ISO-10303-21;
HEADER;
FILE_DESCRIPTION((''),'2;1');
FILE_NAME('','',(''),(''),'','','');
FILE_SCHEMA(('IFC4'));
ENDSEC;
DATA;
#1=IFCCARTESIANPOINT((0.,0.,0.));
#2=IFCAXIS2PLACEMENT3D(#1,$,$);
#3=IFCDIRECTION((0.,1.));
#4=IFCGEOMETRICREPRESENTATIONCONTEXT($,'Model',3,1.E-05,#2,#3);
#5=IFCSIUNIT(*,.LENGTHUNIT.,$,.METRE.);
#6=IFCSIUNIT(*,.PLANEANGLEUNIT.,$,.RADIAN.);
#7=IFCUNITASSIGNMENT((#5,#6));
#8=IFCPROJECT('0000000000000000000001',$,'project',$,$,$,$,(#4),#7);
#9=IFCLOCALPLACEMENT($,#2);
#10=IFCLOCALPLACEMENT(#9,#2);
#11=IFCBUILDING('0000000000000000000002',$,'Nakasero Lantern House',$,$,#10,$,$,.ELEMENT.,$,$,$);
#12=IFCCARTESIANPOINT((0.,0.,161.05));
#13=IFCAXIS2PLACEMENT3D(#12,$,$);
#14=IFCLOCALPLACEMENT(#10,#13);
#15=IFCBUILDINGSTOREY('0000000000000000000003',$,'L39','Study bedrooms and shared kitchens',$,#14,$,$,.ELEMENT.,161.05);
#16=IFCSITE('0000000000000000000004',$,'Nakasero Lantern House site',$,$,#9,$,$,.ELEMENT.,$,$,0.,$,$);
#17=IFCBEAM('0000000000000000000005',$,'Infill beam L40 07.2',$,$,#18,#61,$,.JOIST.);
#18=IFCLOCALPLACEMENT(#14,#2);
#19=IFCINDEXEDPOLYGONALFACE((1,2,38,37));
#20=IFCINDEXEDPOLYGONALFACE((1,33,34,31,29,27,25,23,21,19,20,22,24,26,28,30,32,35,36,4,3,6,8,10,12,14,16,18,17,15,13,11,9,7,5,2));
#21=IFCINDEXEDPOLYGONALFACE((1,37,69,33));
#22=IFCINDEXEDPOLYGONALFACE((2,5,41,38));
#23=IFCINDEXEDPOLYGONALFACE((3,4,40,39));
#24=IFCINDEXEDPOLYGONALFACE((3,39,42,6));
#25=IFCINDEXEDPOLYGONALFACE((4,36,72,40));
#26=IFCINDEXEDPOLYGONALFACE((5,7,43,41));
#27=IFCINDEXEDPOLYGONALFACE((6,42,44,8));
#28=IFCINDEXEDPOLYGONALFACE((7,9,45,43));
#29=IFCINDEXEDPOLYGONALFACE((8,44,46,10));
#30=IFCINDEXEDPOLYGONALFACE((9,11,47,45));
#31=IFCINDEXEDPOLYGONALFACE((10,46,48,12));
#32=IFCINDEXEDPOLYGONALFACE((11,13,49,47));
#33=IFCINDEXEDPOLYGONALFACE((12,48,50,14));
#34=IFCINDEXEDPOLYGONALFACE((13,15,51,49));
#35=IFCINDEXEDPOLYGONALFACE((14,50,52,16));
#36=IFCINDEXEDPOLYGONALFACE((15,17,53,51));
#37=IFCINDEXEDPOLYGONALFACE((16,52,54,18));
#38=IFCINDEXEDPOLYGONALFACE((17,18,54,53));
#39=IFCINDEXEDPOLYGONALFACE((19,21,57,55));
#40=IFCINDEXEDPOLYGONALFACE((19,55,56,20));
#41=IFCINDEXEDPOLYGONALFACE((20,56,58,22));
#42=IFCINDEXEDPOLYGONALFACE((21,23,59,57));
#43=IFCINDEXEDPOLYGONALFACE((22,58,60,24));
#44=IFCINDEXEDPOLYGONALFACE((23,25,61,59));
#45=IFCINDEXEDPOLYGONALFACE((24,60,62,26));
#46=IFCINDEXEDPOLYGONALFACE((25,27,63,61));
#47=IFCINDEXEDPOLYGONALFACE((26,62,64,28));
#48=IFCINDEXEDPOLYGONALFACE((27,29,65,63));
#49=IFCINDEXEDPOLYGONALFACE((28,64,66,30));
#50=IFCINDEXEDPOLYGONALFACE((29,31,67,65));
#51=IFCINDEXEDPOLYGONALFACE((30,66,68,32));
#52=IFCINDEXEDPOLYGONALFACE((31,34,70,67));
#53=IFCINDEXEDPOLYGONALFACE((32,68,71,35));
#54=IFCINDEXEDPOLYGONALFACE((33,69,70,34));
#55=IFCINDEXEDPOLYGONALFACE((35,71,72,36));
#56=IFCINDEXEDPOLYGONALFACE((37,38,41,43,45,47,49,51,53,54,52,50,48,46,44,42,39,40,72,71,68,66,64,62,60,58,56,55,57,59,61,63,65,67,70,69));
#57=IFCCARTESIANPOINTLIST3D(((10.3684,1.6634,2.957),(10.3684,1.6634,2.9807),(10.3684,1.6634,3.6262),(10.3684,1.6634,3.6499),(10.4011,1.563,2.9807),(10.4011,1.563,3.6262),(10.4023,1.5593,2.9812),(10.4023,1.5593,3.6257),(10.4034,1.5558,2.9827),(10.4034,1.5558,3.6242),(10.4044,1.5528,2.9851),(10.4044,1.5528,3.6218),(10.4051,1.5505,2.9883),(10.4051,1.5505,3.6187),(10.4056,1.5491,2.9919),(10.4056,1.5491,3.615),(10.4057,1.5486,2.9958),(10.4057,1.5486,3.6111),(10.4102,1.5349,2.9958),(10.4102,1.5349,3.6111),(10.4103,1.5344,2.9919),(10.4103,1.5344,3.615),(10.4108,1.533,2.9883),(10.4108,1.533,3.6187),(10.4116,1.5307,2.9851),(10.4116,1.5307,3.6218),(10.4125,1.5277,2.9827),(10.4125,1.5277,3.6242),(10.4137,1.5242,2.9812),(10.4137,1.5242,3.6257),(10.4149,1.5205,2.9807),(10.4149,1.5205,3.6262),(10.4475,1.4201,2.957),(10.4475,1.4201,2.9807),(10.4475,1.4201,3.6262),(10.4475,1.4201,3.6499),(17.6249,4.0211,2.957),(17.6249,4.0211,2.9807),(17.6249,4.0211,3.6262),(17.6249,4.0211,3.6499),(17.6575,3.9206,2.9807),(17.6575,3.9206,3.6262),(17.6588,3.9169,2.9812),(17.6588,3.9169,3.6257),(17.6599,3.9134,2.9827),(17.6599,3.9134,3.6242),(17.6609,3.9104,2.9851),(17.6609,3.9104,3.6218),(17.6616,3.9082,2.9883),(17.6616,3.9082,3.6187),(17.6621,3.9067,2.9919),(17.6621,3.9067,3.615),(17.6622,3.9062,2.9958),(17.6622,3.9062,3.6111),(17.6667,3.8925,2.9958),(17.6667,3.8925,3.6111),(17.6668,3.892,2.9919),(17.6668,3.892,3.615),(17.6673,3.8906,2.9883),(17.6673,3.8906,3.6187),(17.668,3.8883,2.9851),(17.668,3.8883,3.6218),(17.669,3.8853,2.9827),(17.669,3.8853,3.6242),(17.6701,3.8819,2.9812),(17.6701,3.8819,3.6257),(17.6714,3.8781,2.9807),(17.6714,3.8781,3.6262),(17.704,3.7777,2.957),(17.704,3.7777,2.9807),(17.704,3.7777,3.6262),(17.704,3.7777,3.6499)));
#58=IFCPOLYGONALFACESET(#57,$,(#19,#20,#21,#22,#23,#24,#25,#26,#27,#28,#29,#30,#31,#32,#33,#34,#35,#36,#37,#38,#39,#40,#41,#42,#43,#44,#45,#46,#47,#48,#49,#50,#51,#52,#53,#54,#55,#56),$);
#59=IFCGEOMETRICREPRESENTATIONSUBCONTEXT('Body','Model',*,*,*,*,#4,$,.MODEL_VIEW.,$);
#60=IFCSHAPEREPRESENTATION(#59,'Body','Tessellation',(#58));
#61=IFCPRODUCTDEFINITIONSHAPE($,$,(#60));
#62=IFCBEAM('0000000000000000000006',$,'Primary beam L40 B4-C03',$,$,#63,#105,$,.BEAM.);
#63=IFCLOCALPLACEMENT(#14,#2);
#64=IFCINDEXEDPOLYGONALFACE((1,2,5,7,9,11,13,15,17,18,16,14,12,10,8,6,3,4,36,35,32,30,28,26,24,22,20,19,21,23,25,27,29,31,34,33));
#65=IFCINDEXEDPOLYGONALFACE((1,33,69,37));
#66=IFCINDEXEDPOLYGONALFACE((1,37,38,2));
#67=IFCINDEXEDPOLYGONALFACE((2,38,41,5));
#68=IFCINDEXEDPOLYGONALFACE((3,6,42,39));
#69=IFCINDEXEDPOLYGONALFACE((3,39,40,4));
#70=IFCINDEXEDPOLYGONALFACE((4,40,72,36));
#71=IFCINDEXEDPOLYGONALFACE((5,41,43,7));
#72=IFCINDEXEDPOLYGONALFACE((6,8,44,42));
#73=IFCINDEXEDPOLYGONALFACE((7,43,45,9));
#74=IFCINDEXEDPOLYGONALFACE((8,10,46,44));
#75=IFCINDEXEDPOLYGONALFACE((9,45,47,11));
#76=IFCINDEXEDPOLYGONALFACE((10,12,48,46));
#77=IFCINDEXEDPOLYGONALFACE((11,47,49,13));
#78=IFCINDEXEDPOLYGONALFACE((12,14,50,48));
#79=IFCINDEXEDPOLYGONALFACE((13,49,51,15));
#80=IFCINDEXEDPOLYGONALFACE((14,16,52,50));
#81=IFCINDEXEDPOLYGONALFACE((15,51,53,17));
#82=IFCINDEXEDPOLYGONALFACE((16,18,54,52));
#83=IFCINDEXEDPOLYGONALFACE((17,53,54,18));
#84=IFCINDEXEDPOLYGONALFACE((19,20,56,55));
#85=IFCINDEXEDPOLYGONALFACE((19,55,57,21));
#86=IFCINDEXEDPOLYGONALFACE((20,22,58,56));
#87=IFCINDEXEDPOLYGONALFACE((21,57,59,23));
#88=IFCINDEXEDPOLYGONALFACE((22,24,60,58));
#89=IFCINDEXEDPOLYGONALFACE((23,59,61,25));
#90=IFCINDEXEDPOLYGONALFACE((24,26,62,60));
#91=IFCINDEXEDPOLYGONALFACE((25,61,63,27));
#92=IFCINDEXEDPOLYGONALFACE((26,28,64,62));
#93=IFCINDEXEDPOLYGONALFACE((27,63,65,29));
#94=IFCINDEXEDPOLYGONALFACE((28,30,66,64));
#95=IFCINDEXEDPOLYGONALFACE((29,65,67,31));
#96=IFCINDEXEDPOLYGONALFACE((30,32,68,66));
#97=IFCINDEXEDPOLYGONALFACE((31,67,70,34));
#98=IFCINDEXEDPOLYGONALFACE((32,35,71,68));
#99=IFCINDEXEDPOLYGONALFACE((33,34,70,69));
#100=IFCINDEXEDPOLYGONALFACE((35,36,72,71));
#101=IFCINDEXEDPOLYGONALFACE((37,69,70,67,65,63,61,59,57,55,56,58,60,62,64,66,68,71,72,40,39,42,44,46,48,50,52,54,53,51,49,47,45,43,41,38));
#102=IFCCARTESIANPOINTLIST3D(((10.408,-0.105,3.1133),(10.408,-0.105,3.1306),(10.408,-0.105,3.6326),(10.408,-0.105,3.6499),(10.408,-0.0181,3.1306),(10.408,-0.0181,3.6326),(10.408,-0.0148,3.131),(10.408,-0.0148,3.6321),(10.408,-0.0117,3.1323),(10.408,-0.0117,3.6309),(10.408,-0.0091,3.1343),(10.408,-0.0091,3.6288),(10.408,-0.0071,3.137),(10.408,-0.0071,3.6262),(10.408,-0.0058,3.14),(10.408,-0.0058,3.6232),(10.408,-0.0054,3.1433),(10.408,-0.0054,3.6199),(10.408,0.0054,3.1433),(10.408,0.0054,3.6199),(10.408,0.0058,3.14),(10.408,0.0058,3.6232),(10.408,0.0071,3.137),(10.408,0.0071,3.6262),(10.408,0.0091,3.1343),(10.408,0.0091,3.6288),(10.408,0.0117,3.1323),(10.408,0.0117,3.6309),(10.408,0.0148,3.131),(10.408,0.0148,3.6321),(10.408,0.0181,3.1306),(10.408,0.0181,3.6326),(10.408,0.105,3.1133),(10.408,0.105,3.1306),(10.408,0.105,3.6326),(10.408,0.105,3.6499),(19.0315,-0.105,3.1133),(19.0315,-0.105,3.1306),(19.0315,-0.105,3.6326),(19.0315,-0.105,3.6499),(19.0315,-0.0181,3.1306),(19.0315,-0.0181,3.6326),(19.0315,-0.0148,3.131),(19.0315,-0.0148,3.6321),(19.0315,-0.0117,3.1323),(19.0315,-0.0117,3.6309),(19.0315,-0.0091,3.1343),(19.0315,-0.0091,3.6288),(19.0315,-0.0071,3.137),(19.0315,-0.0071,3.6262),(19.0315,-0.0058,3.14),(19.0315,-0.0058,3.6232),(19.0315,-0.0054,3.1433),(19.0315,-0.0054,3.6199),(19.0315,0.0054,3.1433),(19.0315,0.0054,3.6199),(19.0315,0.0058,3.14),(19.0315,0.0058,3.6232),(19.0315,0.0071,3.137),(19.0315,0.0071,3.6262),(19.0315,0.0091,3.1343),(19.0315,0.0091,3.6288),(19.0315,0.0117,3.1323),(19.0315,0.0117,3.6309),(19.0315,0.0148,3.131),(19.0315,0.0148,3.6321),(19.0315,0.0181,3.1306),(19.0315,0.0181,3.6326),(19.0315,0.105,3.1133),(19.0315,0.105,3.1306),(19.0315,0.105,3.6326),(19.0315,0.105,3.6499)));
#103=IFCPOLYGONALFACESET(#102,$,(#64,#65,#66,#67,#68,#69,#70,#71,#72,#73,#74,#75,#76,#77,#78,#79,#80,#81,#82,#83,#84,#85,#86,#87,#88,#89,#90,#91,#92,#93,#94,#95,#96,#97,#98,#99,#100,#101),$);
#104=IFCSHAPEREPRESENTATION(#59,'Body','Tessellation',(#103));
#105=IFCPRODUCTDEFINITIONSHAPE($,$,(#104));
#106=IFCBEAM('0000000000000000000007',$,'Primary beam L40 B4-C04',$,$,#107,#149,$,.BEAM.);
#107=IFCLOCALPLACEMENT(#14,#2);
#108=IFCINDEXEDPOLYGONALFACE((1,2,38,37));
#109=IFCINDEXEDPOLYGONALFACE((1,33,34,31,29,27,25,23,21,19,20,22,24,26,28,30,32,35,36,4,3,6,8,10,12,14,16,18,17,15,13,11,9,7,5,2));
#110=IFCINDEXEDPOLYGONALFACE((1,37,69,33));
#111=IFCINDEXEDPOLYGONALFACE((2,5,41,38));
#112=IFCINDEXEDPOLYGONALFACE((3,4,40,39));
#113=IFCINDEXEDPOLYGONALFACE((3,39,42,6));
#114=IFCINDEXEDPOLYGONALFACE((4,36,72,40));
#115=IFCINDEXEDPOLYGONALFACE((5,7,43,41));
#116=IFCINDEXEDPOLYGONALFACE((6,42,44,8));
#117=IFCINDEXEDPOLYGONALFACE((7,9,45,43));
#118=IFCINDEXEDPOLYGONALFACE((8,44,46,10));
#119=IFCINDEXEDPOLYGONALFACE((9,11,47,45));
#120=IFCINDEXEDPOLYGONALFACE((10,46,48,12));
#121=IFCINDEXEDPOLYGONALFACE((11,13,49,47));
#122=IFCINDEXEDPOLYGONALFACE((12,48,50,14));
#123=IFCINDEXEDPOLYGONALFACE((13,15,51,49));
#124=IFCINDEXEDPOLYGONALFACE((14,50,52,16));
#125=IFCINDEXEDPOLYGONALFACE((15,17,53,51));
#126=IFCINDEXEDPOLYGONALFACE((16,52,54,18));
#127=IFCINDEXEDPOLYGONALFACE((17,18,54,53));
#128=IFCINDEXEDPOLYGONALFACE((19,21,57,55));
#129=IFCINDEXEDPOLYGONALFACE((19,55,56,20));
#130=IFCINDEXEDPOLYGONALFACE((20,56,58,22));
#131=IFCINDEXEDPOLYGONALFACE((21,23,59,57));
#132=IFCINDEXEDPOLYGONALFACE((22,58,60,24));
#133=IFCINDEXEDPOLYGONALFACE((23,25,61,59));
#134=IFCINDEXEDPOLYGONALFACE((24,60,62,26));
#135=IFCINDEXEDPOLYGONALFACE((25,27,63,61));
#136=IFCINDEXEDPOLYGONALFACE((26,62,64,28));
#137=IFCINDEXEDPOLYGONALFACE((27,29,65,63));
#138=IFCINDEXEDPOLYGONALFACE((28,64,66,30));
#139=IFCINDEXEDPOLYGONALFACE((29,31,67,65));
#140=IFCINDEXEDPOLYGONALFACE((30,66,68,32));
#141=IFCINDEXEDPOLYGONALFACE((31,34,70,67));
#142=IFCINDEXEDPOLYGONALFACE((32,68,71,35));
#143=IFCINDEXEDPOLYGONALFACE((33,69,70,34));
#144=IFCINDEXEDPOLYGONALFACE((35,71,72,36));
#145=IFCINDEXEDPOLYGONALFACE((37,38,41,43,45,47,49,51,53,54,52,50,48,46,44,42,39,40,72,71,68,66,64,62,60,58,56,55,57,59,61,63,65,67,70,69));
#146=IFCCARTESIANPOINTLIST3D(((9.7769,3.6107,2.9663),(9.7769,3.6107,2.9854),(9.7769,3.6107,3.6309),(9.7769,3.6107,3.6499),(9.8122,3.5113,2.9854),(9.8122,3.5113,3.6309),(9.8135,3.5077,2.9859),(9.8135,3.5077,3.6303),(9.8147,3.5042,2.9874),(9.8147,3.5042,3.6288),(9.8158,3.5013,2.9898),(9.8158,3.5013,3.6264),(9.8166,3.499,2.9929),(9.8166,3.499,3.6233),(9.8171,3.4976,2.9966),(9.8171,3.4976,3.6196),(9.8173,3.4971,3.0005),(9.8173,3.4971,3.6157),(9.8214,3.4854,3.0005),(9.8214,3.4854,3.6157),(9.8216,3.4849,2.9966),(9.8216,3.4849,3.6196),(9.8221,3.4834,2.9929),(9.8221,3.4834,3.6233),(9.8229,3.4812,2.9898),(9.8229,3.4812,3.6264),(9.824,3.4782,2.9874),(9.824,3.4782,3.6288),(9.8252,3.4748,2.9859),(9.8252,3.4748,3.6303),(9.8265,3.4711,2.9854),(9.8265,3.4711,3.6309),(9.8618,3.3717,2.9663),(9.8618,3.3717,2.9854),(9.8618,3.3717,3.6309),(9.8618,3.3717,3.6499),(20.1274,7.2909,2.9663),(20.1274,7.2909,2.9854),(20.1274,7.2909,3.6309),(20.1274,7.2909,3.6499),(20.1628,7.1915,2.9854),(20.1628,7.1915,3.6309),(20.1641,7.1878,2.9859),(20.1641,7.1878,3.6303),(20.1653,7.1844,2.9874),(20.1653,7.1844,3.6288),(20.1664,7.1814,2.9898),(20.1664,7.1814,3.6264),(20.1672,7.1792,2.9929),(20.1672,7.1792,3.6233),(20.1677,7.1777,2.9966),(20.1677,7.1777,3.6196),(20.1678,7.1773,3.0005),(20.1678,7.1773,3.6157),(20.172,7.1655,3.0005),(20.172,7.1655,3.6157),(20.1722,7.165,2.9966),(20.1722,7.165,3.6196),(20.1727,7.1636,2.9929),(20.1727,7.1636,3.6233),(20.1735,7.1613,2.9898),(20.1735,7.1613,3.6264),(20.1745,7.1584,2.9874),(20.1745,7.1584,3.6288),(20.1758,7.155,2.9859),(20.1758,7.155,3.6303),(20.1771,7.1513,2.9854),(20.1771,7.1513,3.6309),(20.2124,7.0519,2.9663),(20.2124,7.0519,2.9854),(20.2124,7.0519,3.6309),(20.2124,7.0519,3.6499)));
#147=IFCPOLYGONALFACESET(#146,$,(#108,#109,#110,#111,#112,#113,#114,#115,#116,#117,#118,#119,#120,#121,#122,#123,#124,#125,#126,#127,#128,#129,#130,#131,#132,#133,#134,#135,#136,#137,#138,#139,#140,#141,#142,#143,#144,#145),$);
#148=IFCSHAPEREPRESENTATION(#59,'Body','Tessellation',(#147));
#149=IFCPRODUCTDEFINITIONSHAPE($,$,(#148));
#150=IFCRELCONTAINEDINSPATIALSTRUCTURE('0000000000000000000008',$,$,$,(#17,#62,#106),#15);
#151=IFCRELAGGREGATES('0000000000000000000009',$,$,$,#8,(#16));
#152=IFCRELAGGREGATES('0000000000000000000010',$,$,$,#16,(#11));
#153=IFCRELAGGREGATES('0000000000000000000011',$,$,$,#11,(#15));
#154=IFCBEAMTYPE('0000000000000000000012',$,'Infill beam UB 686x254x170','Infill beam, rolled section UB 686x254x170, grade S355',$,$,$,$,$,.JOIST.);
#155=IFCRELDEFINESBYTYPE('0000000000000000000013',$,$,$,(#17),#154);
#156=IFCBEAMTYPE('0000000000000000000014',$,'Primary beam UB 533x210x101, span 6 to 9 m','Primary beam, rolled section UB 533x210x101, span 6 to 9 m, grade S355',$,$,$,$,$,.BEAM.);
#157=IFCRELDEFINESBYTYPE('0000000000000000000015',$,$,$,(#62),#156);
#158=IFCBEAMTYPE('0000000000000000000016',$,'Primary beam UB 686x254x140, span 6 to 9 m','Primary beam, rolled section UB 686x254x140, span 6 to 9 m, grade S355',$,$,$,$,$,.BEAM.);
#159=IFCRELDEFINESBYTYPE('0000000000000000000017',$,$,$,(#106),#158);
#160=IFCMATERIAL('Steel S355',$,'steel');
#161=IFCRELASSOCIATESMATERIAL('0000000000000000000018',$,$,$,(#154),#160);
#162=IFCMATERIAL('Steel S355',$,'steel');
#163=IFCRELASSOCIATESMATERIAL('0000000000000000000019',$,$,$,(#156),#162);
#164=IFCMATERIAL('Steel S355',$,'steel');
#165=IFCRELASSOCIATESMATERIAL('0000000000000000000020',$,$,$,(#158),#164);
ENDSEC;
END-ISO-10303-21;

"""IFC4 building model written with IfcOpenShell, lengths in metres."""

from ifc_helpers import new_model, si_unit, direction, frame, origin, origin_2d, place, context, subcontext, project, spatial, i_section, extrude, material, material_profile, profile_set, type_object, element, save


model = new_model("IFC4")

# Units and contexts
model_context = context("Model", 3, precision=1e-05, world=origin(), true_north=direction((0.0, 1.0)))
body_context = subcontext(model_context, "Body", "Model", "MODEL_VIEW")
ifc_project = project(units=[si_unit("LENGTHUNIT", "METRE"), si_unit("PLANEANGLEUNIT", "RADIAN")], contexts=[model_context])

# Site, building, storey
site_placement = place(None, origin())
site = spatial("IfcSite", under=ifc_project, at=site_placement, Name="Nakasero Lantern House site", CompositionType="ELEMENT", RefElevation=0.0)
building_placement = place(site_placement, origin())
building = spatial("IfcBuilding", under=site, at=building_placement, Name="Nakasero Lantern House", CompositionType="ELEMENT")
storey_placement = place(building_placement, frame((0.0, 0.0, 161.05)))
storey = spatial("IfcBuildingStorey", under=building, at=storey_placement, Name="L39", Description="Study bedrooms and shared kitchens", CompositionType="ELEMENT", Elevation=161.05)

# Beams
ifc_material_1 = material(Name="Steel S355", Category="steel")
ifc_material_profile_1 = material_profile(ifc_material_1, i_section(OverallWidth=0.2559, OverallDepth=0.6929, WebThickness=0.0144, FlangeThickness=0.0237, FilletRadius=0.0151, at=origin_2d()), Name="UB 686x254x170")
ifc_profile_set_1 = profile_set([ifc_material_profile_1], Name="Steel S355")
beam_type_1 = type_object("IfcBeamType", Name="Infill beam UB 686x254x170", Description="Infill beam, rolled section UB 686x254x170, grade S355", PredefinedType="JOIST", material=ifc_profile_set_1)
beam_1_placement = place(storey_placement, frame((10.408, 1.5417, 3.3035), z_axis=(0.951062, 0.309, 0.0), x_axis=(-0.309, 0.951062, 0.0)))
element("IfcBeam", 1, at=beam_1_placement, inside=storey, type_object=beam_type_1, Name="Infill beam L40 07.2", PredefinedType="JOIST", context=body_context, shape_type="SweptSolid", body=[
    extrude(i_section(OverallWidth=0.2559, OverallDepth=0.6929, WebThickness=0.0144, FlangeThickness=0.0237, FilletRadius=0.0151, at=origin_2d()), origin(), (0.0, 0.0, 1.0), 7.6299),
])
ifc_material_2 = material(Name="Steel S355", Category="steel")
ifc_material_profile_2 = material_profile(ifc_material_2, i_section(OverallWidth=0.21, OverallDepth=0.5366, WebThickness=0.0107, FlangeThickness=0.0173, FilletRadius=0.0127, at=origin_2d()), Name="UB 533x210x101")
ifc_profile_set_2 = profile_set([ifc_material_profile_2], Name="Steel S355")
beam_type_2 = type_object("IfcBeamType", Name="Primary beam UB 533x210x101, span 6 to 9 m", Description="Primary beam, rolled section UB 533x210x101, span 6 to 9 m, grade S355", PredefinedType="BEAM", material=ifc_profile_set_2)
beam_2_placement = place(storey_placement, frame((19.0315, 0.0, 3.3816), z_axis=(-1.0, 0.0, 0.0), x_axis=(0.0, -1.0, 0.0)))
element("IfcBeam", 2, at=beam_2_placement, inside=storey, type_object=beam_type_2, Name="Primary beam L40 B4-C03", PredefinedType="BEAM", context=body_context, shape_type="SweptSolid", body=[
    extrude(i_section(OverallWidth=0.21, OverallDepth=0.5366, WebThickness=0.0107, FlangeThickness=0.0173, FilletRadius=0.0127, at=origin_2d()), origin(), (0.0, 0.0, 1.0), 8.6235),
])
ifc_material_3 = material(Name="Steel S355", Category="steel")
ifc_material_profile_3 = material_profile(ifc_material_3, i_section(OverallWidth=0.2537, OverallDepth=0.6836, WebThickness=0.0125, FlangeThickness=0.019, FilletRadius=0.0151, at=origin_2d()), Name="UB 686x254x140")
ifc_profile_set_3 = profile_set([ifc_material_profile_3], Name="Steel S355")
beam_type_3 = type_object("IfcBeamType", Name="Primary beam UB 686x254x140, span 6 to 9 m", Description="Primary beam, rolled section UB 686x254x140, span 6 to 9 m, grade S355", PredefinedType="BEAM", material=ifc_profile_set_3)
beam_3_placement = place(storey_placement, frame((20.1699, 7.1714, 3.3081), z_axis=(-0.942216, -0.335007, 0.0), x_axis=(0.335007, -0.942216, 0.0)))
element("IfcBeam", 3, at=beam_3_placement, inside=storey, type_object=beam_type_3, Name="Primary beam L40 B4-C04", PredefinedType="BEAM", context=body_context, shape_type="SweptSolid", body=[
    extrude(i_section(OverallWidth=0.2537, OverallDepth=0.6836, WebThickness=0.0125, FlangeThickness=0.019, FilletRadius=0.0151, at=origin_2d()), origin(), (0.0, 0.0, 1.0), 10.9854),
])

save(model, "model.ifc")
